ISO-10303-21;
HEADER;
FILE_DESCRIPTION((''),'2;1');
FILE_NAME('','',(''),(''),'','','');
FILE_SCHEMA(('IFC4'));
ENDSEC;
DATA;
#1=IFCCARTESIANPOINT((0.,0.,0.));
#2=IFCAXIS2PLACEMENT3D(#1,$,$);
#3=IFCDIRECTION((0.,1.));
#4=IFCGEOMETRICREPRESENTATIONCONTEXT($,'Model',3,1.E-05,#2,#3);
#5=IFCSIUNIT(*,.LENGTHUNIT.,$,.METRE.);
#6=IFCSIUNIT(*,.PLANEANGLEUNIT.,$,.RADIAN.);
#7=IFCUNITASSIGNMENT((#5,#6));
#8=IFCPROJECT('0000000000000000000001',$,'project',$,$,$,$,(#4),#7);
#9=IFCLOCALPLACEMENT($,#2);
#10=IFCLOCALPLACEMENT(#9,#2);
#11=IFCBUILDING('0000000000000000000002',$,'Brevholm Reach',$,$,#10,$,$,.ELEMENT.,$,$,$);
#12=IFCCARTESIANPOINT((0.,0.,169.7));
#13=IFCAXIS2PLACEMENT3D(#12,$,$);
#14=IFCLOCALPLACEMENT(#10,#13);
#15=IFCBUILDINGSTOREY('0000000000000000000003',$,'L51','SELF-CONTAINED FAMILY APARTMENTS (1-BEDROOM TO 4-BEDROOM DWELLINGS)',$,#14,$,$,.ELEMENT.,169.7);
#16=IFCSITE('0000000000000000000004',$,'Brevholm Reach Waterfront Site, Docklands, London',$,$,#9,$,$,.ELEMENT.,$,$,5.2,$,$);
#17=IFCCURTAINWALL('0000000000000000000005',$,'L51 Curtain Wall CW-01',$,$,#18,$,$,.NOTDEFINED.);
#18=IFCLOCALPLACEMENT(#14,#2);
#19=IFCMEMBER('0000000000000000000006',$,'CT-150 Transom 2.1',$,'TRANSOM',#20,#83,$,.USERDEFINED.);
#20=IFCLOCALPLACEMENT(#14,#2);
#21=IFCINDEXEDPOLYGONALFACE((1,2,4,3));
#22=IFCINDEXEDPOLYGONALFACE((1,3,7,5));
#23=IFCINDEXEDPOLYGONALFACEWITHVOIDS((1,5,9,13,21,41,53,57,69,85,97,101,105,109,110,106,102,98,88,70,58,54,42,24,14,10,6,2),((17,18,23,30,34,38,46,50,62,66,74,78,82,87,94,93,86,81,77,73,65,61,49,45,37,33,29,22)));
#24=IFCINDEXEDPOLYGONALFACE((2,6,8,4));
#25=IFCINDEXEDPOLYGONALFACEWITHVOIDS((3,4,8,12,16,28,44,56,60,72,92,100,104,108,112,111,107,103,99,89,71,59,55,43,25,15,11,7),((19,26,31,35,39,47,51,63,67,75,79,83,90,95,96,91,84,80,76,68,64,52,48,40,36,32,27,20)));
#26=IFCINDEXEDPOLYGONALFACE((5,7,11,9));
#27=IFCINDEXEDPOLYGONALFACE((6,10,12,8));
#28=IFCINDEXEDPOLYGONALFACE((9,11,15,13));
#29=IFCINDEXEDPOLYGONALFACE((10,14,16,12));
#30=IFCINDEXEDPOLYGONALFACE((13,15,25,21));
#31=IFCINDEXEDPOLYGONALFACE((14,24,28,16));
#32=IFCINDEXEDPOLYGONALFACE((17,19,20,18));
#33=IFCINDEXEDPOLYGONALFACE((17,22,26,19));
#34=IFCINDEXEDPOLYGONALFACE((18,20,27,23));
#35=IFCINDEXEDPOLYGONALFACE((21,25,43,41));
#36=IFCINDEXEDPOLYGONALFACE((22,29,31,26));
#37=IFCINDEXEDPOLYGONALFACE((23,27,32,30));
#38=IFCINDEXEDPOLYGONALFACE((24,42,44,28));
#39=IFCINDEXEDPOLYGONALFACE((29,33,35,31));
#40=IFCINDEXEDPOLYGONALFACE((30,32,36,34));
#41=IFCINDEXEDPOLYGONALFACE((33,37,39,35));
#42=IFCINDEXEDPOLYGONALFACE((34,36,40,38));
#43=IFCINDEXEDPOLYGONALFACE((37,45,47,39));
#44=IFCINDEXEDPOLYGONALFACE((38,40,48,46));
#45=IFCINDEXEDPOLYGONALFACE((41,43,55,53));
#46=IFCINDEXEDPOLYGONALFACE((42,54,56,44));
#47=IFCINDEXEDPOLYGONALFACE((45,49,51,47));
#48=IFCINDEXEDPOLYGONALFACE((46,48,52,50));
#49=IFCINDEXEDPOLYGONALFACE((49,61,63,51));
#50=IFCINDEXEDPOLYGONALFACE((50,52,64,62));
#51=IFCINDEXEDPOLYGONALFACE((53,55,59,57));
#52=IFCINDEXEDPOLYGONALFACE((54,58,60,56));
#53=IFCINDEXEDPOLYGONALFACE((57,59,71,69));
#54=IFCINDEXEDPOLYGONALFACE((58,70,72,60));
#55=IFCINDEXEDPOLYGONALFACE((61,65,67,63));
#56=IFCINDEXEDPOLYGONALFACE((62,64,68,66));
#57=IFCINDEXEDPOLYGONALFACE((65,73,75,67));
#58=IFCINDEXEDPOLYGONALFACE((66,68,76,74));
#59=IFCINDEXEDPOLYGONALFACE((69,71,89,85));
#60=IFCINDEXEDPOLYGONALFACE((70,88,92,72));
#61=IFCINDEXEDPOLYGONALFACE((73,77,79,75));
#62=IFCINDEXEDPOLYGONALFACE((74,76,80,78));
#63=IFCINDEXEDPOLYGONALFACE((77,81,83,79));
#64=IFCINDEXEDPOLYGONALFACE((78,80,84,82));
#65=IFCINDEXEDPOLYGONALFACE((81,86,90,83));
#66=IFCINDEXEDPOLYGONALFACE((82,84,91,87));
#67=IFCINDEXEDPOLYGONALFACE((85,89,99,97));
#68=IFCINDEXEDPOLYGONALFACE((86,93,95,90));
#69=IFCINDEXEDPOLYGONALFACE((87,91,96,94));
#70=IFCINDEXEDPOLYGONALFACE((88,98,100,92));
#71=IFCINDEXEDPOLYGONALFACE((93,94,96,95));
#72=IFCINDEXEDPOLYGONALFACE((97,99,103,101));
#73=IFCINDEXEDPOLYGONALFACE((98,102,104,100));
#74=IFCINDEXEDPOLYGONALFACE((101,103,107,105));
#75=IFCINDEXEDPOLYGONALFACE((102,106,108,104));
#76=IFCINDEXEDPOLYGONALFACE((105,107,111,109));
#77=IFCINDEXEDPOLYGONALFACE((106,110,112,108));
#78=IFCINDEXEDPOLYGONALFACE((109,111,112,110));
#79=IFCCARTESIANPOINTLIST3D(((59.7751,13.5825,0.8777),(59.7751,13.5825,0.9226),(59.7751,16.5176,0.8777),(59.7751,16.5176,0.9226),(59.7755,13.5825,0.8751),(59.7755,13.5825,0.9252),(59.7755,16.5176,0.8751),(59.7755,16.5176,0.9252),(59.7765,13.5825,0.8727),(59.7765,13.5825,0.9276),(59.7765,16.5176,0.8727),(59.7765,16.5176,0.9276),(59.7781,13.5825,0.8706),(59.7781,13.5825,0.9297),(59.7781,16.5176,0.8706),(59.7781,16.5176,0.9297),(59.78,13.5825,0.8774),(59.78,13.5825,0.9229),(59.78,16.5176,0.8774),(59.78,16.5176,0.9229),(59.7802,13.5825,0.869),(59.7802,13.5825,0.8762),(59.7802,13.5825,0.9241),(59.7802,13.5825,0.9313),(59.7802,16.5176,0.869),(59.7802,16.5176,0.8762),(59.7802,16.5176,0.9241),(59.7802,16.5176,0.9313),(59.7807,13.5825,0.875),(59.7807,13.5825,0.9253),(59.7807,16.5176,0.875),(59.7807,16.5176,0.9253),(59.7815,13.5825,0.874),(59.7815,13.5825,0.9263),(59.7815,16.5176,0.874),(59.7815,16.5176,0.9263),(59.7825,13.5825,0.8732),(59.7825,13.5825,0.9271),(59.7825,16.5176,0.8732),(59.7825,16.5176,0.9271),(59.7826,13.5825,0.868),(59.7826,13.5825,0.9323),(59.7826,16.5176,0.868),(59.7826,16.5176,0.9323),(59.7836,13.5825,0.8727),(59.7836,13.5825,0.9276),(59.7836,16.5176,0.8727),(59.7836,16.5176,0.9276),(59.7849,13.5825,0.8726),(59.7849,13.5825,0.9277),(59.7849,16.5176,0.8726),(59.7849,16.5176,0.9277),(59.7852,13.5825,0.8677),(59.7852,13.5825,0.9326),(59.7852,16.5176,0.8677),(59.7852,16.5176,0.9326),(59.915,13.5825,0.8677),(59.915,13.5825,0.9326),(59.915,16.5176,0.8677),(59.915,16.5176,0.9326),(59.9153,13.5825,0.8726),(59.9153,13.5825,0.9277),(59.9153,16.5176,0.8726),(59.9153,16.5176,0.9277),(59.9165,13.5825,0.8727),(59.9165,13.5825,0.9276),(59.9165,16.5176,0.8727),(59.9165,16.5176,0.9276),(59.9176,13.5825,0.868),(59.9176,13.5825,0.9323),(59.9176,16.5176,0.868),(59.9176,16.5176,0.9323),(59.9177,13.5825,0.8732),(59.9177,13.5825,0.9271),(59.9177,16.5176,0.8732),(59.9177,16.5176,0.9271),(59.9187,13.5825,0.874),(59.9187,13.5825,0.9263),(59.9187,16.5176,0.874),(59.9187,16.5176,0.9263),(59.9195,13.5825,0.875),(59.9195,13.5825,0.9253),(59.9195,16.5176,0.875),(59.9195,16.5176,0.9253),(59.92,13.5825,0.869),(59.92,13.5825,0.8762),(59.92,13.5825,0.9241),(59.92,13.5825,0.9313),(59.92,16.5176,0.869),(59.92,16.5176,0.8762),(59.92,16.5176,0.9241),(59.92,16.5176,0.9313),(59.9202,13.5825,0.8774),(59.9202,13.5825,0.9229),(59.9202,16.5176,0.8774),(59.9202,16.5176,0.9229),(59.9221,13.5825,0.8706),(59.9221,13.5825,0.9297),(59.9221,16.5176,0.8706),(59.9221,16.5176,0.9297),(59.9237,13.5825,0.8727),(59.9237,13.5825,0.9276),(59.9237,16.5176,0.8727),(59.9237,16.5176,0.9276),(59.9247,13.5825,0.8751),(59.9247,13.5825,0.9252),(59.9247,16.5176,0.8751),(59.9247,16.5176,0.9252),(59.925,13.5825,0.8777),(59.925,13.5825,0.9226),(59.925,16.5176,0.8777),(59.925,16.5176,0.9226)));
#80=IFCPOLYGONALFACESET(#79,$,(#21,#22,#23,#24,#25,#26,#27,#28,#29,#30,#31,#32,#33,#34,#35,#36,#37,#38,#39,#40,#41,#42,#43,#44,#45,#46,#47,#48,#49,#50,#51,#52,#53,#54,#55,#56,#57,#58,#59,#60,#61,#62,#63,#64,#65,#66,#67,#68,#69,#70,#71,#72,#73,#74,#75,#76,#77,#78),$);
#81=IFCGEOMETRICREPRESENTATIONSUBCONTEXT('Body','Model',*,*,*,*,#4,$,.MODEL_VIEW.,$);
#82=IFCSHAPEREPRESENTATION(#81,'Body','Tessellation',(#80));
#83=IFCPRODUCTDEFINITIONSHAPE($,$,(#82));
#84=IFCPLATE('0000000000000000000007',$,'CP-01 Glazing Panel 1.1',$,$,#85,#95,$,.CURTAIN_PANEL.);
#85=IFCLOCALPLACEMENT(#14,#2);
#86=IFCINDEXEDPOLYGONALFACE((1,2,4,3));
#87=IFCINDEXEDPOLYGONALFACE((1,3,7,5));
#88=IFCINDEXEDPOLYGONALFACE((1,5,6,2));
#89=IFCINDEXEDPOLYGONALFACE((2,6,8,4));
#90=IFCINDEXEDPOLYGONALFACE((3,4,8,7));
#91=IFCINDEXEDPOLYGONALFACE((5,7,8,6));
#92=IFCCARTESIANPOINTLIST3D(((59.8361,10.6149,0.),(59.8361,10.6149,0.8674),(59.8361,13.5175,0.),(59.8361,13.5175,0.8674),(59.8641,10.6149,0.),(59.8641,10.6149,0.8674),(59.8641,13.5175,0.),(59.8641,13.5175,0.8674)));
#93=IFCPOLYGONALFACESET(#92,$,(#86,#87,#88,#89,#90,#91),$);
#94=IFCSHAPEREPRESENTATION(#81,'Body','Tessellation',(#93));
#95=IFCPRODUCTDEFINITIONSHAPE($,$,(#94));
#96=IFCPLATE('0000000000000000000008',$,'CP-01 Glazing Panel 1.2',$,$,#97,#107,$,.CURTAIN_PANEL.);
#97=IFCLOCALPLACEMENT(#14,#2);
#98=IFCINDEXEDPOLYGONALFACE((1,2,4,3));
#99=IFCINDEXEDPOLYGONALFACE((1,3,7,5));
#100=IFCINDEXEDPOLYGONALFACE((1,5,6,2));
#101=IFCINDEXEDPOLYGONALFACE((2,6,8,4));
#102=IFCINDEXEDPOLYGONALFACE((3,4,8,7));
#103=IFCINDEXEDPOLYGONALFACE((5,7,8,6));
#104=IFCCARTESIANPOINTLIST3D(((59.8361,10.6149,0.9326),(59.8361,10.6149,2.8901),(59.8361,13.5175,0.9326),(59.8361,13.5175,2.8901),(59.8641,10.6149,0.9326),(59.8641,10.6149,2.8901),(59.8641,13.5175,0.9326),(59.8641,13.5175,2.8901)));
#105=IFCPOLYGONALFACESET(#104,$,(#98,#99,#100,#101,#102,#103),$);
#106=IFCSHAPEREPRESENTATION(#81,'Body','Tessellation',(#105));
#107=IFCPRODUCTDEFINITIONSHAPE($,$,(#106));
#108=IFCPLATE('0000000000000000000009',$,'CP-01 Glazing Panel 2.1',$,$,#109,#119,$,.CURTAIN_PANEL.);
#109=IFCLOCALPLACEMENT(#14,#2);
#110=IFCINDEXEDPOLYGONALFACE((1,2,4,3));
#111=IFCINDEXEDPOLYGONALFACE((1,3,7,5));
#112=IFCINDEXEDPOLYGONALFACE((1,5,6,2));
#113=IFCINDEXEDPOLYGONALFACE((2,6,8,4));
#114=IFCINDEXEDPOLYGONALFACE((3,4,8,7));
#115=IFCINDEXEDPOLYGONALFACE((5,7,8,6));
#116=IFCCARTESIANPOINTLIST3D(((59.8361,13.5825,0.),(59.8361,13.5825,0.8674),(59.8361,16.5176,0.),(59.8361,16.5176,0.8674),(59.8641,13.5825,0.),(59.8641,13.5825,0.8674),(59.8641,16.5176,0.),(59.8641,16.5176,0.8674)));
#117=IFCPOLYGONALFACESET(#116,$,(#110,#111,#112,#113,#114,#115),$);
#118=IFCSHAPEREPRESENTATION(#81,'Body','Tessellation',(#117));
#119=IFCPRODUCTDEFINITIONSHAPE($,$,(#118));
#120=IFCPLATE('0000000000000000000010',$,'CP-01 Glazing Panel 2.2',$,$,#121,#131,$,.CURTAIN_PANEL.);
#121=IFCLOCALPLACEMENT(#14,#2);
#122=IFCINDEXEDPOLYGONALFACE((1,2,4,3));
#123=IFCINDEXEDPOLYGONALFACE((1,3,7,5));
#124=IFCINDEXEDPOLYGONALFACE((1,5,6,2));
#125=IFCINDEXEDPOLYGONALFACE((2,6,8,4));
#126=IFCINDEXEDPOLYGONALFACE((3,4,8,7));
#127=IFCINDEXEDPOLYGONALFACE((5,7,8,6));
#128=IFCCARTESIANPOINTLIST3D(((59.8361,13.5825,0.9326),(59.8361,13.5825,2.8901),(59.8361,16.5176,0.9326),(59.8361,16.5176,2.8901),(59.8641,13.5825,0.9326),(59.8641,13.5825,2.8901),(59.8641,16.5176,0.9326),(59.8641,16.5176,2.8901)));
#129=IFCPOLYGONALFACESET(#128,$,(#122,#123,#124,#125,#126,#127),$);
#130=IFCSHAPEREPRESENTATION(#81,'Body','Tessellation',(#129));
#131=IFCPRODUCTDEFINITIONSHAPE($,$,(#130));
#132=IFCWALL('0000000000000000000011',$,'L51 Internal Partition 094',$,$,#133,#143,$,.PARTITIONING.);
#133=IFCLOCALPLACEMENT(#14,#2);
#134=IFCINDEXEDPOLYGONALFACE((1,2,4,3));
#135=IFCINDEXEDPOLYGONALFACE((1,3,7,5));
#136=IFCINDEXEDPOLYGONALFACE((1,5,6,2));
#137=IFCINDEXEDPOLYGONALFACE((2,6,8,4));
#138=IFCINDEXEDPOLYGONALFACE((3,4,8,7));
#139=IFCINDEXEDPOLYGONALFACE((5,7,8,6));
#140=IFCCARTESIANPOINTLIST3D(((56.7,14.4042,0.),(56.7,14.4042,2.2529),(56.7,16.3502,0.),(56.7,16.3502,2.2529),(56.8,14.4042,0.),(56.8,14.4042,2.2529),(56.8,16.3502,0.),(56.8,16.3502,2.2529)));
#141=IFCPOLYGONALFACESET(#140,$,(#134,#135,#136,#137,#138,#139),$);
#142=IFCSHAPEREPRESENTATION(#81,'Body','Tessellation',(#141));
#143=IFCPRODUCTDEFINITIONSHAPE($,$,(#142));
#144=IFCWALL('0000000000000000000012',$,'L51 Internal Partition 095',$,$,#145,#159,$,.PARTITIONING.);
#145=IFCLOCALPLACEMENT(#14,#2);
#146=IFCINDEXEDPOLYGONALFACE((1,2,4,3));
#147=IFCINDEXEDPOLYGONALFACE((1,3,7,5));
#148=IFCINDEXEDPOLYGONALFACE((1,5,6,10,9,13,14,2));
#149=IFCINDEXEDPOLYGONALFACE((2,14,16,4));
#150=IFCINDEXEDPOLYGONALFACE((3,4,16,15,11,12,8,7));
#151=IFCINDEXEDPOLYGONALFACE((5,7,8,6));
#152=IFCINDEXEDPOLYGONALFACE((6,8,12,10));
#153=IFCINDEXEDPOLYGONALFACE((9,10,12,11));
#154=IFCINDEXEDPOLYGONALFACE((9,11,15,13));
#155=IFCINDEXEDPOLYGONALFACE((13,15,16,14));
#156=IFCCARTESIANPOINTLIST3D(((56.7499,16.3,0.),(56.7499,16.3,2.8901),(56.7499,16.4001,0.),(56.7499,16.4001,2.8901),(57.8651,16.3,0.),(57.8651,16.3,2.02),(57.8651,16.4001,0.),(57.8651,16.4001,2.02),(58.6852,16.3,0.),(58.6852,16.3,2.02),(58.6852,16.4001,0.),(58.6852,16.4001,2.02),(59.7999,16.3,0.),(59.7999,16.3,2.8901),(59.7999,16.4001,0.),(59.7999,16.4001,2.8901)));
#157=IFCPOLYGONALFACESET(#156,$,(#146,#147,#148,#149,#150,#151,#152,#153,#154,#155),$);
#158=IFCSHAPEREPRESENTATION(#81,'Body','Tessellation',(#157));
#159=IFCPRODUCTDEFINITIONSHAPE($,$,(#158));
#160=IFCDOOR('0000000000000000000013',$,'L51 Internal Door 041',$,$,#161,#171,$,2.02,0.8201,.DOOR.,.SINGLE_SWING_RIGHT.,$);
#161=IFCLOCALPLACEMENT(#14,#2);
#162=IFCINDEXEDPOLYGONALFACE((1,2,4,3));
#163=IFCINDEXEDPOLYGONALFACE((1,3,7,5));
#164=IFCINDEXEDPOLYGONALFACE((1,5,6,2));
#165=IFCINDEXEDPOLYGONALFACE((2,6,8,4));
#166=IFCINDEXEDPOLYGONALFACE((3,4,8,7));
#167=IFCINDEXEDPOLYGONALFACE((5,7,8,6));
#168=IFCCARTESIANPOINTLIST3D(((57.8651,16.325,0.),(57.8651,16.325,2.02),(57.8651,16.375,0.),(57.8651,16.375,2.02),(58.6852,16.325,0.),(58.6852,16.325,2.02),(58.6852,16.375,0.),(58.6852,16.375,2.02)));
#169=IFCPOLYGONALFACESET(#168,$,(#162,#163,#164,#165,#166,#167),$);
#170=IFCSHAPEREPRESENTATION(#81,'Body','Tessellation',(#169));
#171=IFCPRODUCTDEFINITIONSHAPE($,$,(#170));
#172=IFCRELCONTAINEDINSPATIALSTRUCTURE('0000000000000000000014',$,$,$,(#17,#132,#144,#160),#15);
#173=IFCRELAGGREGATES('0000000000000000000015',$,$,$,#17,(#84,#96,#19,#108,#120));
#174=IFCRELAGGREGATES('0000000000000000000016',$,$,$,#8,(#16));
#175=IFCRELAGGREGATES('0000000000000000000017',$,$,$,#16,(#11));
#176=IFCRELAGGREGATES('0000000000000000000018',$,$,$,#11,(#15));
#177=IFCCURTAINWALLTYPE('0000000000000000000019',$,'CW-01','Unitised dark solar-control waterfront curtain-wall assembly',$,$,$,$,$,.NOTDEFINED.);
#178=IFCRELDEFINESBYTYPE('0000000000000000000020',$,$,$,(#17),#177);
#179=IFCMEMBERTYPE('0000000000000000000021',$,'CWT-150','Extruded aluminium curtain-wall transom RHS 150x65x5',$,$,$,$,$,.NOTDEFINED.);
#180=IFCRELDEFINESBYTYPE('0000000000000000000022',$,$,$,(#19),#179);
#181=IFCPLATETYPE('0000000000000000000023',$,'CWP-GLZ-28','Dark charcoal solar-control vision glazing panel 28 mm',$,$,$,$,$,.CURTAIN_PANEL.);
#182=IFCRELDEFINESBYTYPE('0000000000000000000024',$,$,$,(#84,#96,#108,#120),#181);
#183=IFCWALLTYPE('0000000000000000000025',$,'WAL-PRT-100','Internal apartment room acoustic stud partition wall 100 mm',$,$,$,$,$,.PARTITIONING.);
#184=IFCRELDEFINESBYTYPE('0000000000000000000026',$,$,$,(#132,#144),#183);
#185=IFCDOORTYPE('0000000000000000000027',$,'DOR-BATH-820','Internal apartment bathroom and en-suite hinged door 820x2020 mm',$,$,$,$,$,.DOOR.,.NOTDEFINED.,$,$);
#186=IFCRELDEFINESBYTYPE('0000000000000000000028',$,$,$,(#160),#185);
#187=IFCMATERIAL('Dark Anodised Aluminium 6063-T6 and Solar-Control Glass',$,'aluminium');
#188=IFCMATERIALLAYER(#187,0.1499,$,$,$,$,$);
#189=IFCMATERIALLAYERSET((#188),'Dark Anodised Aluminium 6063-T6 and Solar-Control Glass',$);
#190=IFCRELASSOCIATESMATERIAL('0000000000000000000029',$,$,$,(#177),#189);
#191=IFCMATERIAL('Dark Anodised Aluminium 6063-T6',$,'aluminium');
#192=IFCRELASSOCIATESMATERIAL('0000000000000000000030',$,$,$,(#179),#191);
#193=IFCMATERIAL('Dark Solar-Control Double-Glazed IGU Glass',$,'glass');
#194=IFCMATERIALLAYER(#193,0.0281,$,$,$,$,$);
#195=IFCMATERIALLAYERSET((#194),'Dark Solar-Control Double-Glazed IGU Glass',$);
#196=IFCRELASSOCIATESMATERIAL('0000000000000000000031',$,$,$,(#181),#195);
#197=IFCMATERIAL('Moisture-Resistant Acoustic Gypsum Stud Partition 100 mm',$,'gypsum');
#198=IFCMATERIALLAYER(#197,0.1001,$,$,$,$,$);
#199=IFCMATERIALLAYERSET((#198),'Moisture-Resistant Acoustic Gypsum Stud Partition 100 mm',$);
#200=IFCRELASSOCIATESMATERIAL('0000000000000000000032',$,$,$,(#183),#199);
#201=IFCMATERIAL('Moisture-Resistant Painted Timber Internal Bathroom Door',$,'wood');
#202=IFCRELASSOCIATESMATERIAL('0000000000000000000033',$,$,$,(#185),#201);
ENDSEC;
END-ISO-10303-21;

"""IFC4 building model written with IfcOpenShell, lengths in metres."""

from ifc_helpers import new_model, si_unit, direction, frame, frame_2d, origin, origin_2d, place, context, subcontext, project, spatial, rectangle, hollow_rectangle, extrude, material, layer, layer_set, material_profile, profile_set, type_object, element, fill, aggregate, save


model = new_model("IFC4")

# Units and contexts
model_context = context("Model", 3, precision=1e-05, world=origin(), true_north=direction((0.0, 1.0)))
body_context = subcontext(model_context, "Body", "Model", "MODEL_VIEW")
ifc_project = project(units=[si_unit("LENGTHUNIT", "METRE"), si_unit("PLANEANGLEUNIT", "RADIAN")], contexts=[model_context])

# Site, building, storey
site_placement = place(None, origin())
site = spatial("IfcSite", under=ifc_project, at=site_placement, Name="Brevholm Reach Waterfront Site, Docklands, London", CompositionType="ELEMENT", RefElevation=5.2)
building_placement = place(site_placement, origin())
building = spatial("IfcBuilding", under=site, at=building_placement, Name="Brevholm Reach", CompositionType="ELEMENT")
storey_placement = place(building_placement, frame((0.0, 0.0, 169.7)))
storey = spatial("IfcBuildingStorey", under=building, at=storey_placement, Name="L51", Description="SELF-CONTAINED FAMILY APARTMENTS (1-BEDROOM TO 4-BEDROOM DWELLINGS)", CompositionType="ELEMENT", Elevation=169.7)

# Curtain wall, member, plates
ifc_material_1 = material(Name="Dark Anodised Aluminium 6063-T6 and Solar-Control Glass", Category="aluminium")
ifc_layer_1 = layer(ifc_material_1, 0.1499)
ifc_layer_set_1 = layer_set([ifc_layer_1], Name="Dark Anodised Aluminium 6063-T6 and Solar-Control Glass")
curtain_wall_type = type_object("IfcCurtainWallType", Name="CW-01", Description="Unitised dark solar-control waterfront curtain-wall assembly", PredefinedType="NOTDEFINED", material=ifc_layer_set_1)
curtain_wall_placement = place(storey_placement, origin())
curtain_wall = element("IfcCurtainWall", 1, at=curtain_wall_placement, inside=storey, type_object=curtain_wall_type, Name="L51 Curtain Wall CW-01", PredefinedType="NOTDEFINED")
ifc_material_2 = material(Name="Dark Anodised Aluminium 6063-T6", Category="aluminium")
ifc_material_profile_1 = material_profile(ifc_material_2, hollow_rectangle(XDim=0.0649, YDim=0.1499, WallThickness=0.0049, InnerFilletRadius=0.0049, OuterFilletRadius=0.01, at=origin_2d()), Name="RHS 150x65x5")
ifc_profile_set_1 = profile_set([ifc_material_profile_1], Name="Dark Anodised Aluminium 6063-T6")
member_type_1 = type_object("IfcMemberType", Name="CWT-150", Description="Extruded aluminium curtain-wall transom RHS 150x65x5", PredefinedType="NOTDEFINED", material=ifc_profile_set_1)
member_1_placement = place(storey_placement, frame((59.8501, 13.5825, 0.9001), z_axis=(0.0, 1.0, 0.0), x_axis=(0.0, 0.0, 1.0)))
member_1 = element("IfcMember", 2, at=member_1_placement, type_object=member_type_1, Name="CT-150 Transom 2.1", ObjectType="TRANSOM", PredefinedType="USERDEFINED", context=body_context, shape_type="SweptSolid", body=[
    extrude(hollow_rectangle(XDim=0.0649, YDim=0.1499, WallThickness=0.0049, InnerFilletRadius=0.0049, OuterFilletRadius=0.01, at=origin_2d()), origin(), (0.0, 0.0, 1.0), 2.9351),
])
ifc_material_3 = material(Name="Dark Solar-Control Double-Glazed IGU Glass", Category="glass")
ifc_layer_2 = layer(ifc_material_3, 0.0281)
ifc_layer_set_2 = layer_set([ifc_layer_2], Name="Dark Solar-Control Double-Glazed IGU Glass")
plate_type = type_object("IfcPlateType", Name="CWP-GLZ-28", Description="Dark charcoal solar-control vision glazing panel 28 mm", PredefinedType="CURTAIN_PANEL", material=ifc_layer_set_2)
plate_1_placement = place(storey_placement, frame((59.8501, 12.0662, 0.0), z_axis=(0.0, 0.0, 1.0), x_axis=(0.0, 1.0, 0.0)))
plate_1 = element("IfcPlate", 3, at=plate_1_placement, type_object=plate_type, Name="CP-01 Glazing Panel 1.1", PredefinedType="CURTAIN_PANEL", context=body_context, shape_type="SweptSolid", body=[
    extrude(rectangle(XDim=2.9026, YDim=0.0281, at=origin_2d()), origin(), (0.0, 0.0, 1.0), 0.8674),
])
plate_2_placement = place(storey_placement, frame((59.8501, 12.0662, 0.9326), z_axis=(0.0, 0.0, 1.0), x_axis=(0.0, 1.0, 0.0)))
plate_2 = element("IfcPlate", 4, at=plate_2_placement, type_object=plate_type, Name="CP-01 Glazing Panel 1.2", PredefinedType="CURTAIN_PANEL", context=body_context, shape_type="SweptSolid", body=[
    extrude(rectangle(XDim=2.9026, YDim=0.0281, at=origin_2d()), origin(), (0.0, 0.0, 1.0), 1.9575),
])
plate_3_placement = place(storey_placement, frame((59.8501, 15.05, 0.0), z_axis=(0.0, 0.0, 1.0), x_axis=(0.0, 1.0, 0.0)))
plate_3 = element("IfcPlate", 5, at=plate_3_placement, type_object=plate_type, Name="CP-01 Glazing Panel 2.1", PredefinedType="CURTAIN_PANEL", context=body_context, shape_type="SweptSolid", body=[
    extrude(rectangle(XDim=2.9351, YDim=0.0281, at=origin_2d()), origin(), (0.0, 0.0, 1.0), 0.8674),
])
plate_4_placement = place(storey_placement, frame((59.8501, 15.05, 0.9326), z_axis=(0.0, 0.0, 1.0), x_axis=(0.0, 1.0, 0.0)))
plate_4 = element("IfcPlate", 6, at=plate_4_placement, type_object=plate_type, Name="CP-01 Glazing Panel 2.2", PredefinedType="CURTAIN_PANEL", context=body_context, shape_type="SweptSolid", body=[
    extrude(rectangle(XDim=2.9351, YDim=0.0281, at=origin_2d()), origin(), (0.0, 0.0, 1.0), 1.9575),
])
aggregate(curtain_wall, [plate_1, plate_2, member_1, plate_3, plate_4])

# Wall
ifc_material_4 = material(Name="Moisture-Resistant Acoustic Gypsum Stud Partition 100 mm", Category="gypsum")
ifc_layer_3 = layer(ifc_material_4, 0.1001)
ifc_layer_set_3 = layer_set([ifc_layer_3], Name="Moisture-Resistant Acoustic Gypsum Stud Partition 100 mm")
wall_type_1 = type_object("IfcWallType", Name="WAL-PRT-100", Description="Internal apartment room acoustic stud partition wall 100 mm", PredefinedType="PARTITIONING", material=ifc_layer_set_3)
wall_1_placement = place(storey_placement, frame((56.75, 14.4041, 0.0), z_axis=(0.0, 0.0, 1.0), x_axis=(0.0, 1.0, 0.0)))
element("IfcWall", 7, at=wall_1_placement, inside=storey, type_object=wall_type_1, Name="L51 Internal Partition 094", PredefinedType="PARTITIONING", context=body_context, shape_type="SweptSolid", body=[
    extrude(rectangle(XDim=1.946, YDim=0.1001, at=frame_2d((0.9731, 0.0))), origin(), (0.0, 0.0, 1.0), 2.2529),
])

# Wall, opening, door
wall_2_placement = place(storey_placement, frame((56.75, 16.3501, 0.0), z_axis=(0.0, 0.0, 1.0), x_axis=(1.0, 0.0, 0.0)))
wall_2 = element("IfcWall", 8, at=wall_2_placement, inside=storey, type_object=wall_type_1, Name="L51 Internal Partition 095", PredefinedType="PARTITIONING", context=body_context, shape_type="SweptSolid", body=[
    extrude(rectangle(XDim=3.05, YDim=0.1001, at=frame_2d((1.5249, 0.0))), origin(), (0.0, 0.0, 1.0), 2.8901),
])
opening_1_placement = place(wall_2_placement, frame((1.115, 0.0, 0.0)))
opening_1 = element("IfcOpeningElement", 9, at=opening_1_placement, cuts=wall_2, PredefinedType="OPENING", context=body_context, shape_type="SweptSolid", body=[
    extrude(rectangle(XDim=0.8201, YDim=2.02, at=frame_2d((0.4102, 1.01))), frame((0.0, 0.0601, 0.0), z_axis=(0.0, -1.0, 0.0), x_axis=(1.0, 0.0, 0.0)), (0.0, 0.0, 1.0), 0.1201),
])
ifc_material_5 = material(Name="Moisture-Resistant Painted Timber Internal Bathroom Door", Category="wood")
door_type_1 = type_object("IfcDoorType", Name="DOR-BATH-820", Description="Internal apartment bathroom and en-suite hinged door 820x2020 mm", OperationType="NOTDEFINED", PredefinedType="DOOR", material=ifc_material_5)
door_1_placement = place(opening_1_placement, origin())
door_1 = element("IfcDoor", 10, at=door_1_placement, inside=storey, type_object=door_type_1, Name="L51 Internal Door 041", OperationType="SINGLE_SWING_RIGHT", OverallHeight=2.02, OverallWidth=0.8201, PredefinedType="DOOR", context=body_context, shape_type="SweptSolid", body=[
    extrude(rectangle(XDim=0.8201, YDim=2.02, at=frame_2d((0.4102, 1.01))), frame((0.0, 0.0249, 0.0), z_axis=(0.0, -1.0, 0.0), x_axis=(1.0, 0.0, 0.0)), (0.0, 0.0, 1.0), 0.05),
])
fill(opening_1, door_1)

save(model, "model.ifc")
